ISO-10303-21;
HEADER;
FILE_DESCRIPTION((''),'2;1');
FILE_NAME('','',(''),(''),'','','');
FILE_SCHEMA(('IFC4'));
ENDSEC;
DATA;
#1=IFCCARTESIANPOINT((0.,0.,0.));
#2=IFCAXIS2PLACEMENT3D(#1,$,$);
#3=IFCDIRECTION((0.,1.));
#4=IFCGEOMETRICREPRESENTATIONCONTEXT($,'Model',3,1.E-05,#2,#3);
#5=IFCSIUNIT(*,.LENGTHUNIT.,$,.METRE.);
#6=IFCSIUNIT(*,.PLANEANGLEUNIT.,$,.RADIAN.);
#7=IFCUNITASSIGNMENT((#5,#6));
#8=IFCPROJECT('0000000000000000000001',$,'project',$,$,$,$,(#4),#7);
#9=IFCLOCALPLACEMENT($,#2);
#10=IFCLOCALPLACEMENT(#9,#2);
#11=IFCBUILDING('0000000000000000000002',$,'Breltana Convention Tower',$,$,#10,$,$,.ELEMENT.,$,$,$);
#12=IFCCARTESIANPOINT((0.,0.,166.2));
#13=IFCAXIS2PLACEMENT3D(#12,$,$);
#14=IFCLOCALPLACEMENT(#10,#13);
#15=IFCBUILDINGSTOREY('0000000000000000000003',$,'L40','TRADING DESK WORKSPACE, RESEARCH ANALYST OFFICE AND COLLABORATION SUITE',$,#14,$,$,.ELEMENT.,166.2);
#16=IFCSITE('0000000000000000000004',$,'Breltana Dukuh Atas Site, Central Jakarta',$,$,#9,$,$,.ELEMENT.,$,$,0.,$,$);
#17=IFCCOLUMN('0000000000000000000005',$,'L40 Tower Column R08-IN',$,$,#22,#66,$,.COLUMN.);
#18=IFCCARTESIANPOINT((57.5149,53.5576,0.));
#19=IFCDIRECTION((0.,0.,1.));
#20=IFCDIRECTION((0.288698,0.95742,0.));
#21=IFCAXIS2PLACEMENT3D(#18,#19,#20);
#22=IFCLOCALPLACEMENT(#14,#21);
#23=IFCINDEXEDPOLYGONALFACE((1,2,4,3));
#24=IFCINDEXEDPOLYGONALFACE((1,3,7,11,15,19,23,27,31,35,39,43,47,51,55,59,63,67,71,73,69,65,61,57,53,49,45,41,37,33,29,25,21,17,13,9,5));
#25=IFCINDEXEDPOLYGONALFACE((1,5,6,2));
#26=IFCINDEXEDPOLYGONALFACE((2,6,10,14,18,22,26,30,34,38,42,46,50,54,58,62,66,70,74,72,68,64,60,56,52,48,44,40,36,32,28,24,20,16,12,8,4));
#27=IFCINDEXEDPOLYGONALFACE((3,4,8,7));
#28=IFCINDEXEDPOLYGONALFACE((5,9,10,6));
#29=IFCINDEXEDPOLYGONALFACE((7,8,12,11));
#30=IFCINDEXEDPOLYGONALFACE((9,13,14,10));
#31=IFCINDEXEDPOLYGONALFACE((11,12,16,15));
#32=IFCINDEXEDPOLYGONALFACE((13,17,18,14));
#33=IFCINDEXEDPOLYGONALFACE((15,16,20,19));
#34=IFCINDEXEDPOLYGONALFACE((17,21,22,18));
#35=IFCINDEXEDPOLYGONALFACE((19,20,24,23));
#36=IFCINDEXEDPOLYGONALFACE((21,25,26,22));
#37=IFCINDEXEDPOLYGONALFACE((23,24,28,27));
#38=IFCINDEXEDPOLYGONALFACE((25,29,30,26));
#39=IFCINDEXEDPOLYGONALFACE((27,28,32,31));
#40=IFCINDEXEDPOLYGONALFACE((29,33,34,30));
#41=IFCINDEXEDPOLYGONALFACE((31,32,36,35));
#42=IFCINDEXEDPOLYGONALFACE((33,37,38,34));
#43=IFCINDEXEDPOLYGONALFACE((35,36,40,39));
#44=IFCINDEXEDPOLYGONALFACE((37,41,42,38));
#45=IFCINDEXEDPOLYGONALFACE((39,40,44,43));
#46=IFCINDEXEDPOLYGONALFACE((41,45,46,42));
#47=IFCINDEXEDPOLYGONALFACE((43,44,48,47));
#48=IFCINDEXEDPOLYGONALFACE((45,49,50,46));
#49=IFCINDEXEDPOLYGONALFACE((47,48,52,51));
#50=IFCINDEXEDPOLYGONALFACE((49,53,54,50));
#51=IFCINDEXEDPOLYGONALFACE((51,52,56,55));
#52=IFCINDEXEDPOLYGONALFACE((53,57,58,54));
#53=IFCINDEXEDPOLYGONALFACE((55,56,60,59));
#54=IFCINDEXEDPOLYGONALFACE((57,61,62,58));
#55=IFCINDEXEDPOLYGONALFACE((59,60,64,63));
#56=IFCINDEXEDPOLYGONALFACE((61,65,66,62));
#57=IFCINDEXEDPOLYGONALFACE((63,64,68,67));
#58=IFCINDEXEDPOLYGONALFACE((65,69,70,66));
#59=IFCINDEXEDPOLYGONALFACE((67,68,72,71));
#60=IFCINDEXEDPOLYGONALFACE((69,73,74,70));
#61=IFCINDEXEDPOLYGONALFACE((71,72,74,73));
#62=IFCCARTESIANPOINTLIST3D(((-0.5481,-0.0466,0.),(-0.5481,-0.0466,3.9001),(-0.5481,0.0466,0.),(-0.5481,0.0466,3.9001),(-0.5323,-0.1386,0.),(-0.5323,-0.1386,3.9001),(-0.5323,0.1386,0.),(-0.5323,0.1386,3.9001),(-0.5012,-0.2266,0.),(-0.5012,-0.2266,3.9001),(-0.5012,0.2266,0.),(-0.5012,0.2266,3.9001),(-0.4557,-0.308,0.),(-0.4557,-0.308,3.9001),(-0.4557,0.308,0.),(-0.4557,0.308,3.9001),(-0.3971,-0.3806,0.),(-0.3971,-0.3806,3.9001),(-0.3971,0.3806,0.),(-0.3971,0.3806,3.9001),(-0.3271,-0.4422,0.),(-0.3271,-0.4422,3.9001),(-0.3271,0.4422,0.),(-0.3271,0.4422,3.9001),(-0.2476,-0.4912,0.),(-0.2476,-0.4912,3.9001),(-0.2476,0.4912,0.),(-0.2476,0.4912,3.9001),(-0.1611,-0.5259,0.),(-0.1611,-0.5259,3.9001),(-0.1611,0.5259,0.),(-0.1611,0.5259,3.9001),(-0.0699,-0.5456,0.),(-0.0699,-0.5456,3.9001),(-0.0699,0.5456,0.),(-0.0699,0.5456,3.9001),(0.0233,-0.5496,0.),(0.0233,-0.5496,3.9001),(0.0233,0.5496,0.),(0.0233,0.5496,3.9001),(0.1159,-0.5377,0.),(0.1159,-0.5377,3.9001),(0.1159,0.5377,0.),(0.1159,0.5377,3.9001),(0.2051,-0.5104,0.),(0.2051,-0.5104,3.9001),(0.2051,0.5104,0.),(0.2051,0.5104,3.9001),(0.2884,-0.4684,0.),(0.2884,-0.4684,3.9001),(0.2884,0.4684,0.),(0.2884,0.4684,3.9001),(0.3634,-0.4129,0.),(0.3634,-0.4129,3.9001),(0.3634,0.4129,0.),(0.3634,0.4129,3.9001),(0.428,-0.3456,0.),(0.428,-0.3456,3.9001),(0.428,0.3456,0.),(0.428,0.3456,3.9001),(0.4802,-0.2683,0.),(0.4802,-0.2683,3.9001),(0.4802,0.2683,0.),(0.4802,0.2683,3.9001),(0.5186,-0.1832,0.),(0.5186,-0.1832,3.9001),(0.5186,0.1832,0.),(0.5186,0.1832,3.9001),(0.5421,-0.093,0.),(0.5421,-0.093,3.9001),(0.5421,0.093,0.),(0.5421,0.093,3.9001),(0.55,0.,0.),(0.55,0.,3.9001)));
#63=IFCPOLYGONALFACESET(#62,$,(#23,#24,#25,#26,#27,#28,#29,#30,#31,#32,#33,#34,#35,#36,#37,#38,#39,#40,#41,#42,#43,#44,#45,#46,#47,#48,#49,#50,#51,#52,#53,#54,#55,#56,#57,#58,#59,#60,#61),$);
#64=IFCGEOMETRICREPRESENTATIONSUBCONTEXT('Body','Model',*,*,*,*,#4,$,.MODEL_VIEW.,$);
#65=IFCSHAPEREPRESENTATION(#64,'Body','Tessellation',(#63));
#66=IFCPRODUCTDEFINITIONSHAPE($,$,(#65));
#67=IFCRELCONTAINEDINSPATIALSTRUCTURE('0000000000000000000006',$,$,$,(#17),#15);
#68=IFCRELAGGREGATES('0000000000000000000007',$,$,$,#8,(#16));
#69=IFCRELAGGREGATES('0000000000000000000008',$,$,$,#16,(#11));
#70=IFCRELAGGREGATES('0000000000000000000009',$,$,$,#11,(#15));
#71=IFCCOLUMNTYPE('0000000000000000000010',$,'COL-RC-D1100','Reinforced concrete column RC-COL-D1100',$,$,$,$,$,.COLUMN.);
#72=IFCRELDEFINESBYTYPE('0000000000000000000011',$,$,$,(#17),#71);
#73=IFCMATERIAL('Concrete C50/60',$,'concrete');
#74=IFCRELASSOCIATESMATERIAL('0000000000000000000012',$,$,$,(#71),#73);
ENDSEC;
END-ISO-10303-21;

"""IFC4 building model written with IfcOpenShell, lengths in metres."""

from ifc_helpers import new_model, si_unit, direction, frame, origin, origin_2d, place, context, subcontext, project, spatial, circle, extrude, source, transform, mapped, material, material_profile, profile_set, type_object, element, save


model = new_model("IFC4")

# Units and contexts
model_context = context("Model", 3, precision=1e-05, world=origin(), true_north=direction((0.0, 1.0)))
body_context = subcontext(model_context, "Body", "Model", "MODEL_VIEW")
ifc_project = project(units=[si_unit("LENGTHUNIT", "METRE"), si_unit("PLANEANGLEUNIT", "RADIAN")], contexts=[model_context])

# Site, building, storey
site_placement = place(None, origin())
site = spatial("IfcSite", under=ifc_project, at=site_placement, Name="Breltana Dukuh Atas Site, Central Jakarta", CompositionType="ELEMENT", RefElevation=0.0)
building_placement = place(site_placement, origin())
building = spatial("IfcBuilding", under=site, at=building_placement, Name="Breltana Convention Tower", CompositionType="ELEMENT")
storey_placement = place(building_placement, frame((0.0, 0.0, 166.2)))
storey = spatial("IfcBuildingStorey", under=building, at=storey_placement, Name="L40", Description="TRADING DESK WORKSPACE, RESEARCH ANALYST OFFICE AND COLLABORATION SUITE", CompositionType="ELEMENT", Elevation=166.2)

# Column
ifc_material_1 = material(Name="Concrete C50/60", Category="concrete")
ifc_material_profile_1 = material_profile(ifc_material_1, circle(Radius=0.55, at=origin_2d()), Name="RC-COL-D1100")
ifc_profile_set_1 = profile_set([ifc_material_profile_1], Name="Concrete C50/60")
column_type = type_object("IfcColumnType", Name="COL-RC-D1100", Description="Reinforced concrete column RC-COL-D1100", PredefinedType="COLUMN", material=ifc_profile_set_1)
shared_shape_1 = source(origin(), body_context, "Body", "SweptSolid", [
    extrude(circle(Radius=0.55, at=origin_2d()), origin(), (0.0, 0.0, 1.0), 3.9001),
])
for number, where, z_axis, x_axis, name in (
    (1, (57.5149, 53.5576, 0.0), (0.0, 0.0, 1.0), (0.288698, 0.95742, 0.0), "L40 Tower Column R08-IN"),
):
    element("IfcColumn", number, at=place(storey_placement, frame(where, z_axis=z_axis, x_axis=x_axis)), inside=storey, type_object=column_type, Name=name, PredefinedType="COLUMN", context=body_context, shape_type="MappedRepresentation", body=[
        mapped(shared_shape_1, transform((0.0, 0.0, 0.0), scale=1.0)),
    ])

save(model, "model.ifc")
